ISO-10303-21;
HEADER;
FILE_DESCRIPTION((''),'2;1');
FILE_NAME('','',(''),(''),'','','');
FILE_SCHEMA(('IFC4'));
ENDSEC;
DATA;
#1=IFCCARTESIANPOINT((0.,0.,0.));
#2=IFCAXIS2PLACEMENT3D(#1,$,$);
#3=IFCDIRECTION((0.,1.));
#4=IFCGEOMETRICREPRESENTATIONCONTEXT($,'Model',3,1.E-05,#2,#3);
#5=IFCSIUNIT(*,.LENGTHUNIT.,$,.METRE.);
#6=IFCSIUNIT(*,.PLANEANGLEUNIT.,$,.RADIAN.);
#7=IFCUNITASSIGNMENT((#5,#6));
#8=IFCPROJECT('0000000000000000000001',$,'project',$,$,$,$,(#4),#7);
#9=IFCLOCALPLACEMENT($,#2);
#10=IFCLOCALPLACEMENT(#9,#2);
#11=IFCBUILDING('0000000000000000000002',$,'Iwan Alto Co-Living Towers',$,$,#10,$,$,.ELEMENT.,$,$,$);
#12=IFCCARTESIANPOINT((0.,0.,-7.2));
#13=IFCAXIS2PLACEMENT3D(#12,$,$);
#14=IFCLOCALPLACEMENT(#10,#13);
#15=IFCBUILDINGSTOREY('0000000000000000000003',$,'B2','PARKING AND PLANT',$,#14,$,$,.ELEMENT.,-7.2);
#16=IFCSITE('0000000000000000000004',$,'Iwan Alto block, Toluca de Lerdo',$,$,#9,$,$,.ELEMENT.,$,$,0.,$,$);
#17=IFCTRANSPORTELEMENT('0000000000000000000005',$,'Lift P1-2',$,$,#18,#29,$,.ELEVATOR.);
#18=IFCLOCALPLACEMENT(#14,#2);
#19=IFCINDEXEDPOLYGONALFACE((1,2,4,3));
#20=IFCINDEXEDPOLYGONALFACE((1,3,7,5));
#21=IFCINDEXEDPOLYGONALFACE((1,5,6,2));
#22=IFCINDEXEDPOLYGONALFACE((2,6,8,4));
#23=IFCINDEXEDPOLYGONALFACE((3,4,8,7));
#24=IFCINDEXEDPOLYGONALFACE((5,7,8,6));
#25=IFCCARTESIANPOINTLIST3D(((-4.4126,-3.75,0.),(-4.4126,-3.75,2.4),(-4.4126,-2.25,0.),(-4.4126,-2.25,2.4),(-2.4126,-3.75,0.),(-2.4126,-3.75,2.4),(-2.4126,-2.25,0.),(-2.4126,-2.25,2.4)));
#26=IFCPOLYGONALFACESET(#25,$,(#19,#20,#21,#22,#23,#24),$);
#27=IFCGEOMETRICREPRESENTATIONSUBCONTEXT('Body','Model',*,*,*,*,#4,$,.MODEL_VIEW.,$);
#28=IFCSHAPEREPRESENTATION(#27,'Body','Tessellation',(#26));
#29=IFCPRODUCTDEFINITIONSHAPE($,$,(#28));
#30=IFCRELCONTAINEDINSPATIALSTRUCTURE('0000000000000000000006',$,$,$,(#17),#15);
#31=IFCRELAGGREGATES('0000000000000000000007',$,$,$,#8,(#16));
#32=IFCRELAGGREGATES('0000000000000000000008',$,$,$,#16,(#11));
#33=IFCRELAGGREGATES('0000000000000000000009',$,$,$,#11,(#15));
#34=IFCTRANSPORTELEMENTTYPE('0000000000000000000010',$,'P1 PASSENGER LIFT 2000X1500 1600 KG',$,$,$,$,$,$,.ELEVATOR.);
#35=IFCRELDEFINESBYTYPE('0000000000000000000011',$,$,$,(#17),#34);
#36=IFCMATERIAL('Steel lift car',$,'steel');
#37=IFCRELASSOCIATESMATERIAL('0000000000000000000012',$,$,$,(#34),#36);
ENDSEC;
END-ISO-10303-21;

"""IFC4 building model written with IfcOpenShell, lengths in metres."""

from ifc_helpers import new_model, si_unit, direction, frame, origin, origin_2d, place, context, subcontext, project, spatial, rectangle, extrude, material, type_object, element, save


model = new_model("IFC4")

# Units and contexts
model_context = context("Model", 3, precision=1e-05, world=origin(), true_north=direction((0.0, 1.0)))
body_context = subcontext(model_context, "Body", "Model", "MODEL_VIEW")
ifc_project = project(units=[si_unit("LENGTHUNIT", "METRE"), si_unit("PLANEANGLEUNIT", "RADIAN")], contexts=[model_context])

# Site, building, storey
site_placement = place(None, origin())
site = spatial("IfcSite", under=ifc_project, at=site_placement, Name="Iwan Alto block, Toluca de Lerdo", CompositionType="ELEMENT", RefElevation=0.0)
building_placement = place(site_placement, origin())
building = spatial("IfcBuilding", under=site, at=building_placement, Name="Iwan Alto Co-Living Towers", CompositionType="ELEMENT")
storey_placement = place(building_placement, frame((0.0, 0.0, -7.2)))
storey = spatial("IfcBuildingStorey", under=building, at=storey_placement, Name="B2", Description="PARKING AND PLANT", CompositionType="ELEMENT", Elevation=-7.2)

# Transport element
ifc_material_1 = material(Name="Steel lift car", Category="steel")
transport_element_type = type_object("IfcTransportElementType", Name="P1 PASSENGER LIFT 2000X1500 1600 KG", PredefinedType="ELEVATOR", material=ifc_material_1)
transport_element_1_placement = place(storey_placement, frame((-3.4126, -3.0, 0.0), z_axis=(0.0, 0.0, 1.0), x_axis=(1.0, 0.0, 0.0)))
element("IfcTransportElement", 1, at=transport_element_1_placement, inside=storey, type_object=transport_element_type, Name="Lift P1-2", PredefinedType="ELEVATOR", context=body_context, shape_type="SweptSolid", body=[
    extrude(rectangle(XDim=2.0, YDim=1.5, at=origin_2d()), origin(), (0.0, 0.0, 1.0), 2.4),
])

save(model, "model.ifc")
